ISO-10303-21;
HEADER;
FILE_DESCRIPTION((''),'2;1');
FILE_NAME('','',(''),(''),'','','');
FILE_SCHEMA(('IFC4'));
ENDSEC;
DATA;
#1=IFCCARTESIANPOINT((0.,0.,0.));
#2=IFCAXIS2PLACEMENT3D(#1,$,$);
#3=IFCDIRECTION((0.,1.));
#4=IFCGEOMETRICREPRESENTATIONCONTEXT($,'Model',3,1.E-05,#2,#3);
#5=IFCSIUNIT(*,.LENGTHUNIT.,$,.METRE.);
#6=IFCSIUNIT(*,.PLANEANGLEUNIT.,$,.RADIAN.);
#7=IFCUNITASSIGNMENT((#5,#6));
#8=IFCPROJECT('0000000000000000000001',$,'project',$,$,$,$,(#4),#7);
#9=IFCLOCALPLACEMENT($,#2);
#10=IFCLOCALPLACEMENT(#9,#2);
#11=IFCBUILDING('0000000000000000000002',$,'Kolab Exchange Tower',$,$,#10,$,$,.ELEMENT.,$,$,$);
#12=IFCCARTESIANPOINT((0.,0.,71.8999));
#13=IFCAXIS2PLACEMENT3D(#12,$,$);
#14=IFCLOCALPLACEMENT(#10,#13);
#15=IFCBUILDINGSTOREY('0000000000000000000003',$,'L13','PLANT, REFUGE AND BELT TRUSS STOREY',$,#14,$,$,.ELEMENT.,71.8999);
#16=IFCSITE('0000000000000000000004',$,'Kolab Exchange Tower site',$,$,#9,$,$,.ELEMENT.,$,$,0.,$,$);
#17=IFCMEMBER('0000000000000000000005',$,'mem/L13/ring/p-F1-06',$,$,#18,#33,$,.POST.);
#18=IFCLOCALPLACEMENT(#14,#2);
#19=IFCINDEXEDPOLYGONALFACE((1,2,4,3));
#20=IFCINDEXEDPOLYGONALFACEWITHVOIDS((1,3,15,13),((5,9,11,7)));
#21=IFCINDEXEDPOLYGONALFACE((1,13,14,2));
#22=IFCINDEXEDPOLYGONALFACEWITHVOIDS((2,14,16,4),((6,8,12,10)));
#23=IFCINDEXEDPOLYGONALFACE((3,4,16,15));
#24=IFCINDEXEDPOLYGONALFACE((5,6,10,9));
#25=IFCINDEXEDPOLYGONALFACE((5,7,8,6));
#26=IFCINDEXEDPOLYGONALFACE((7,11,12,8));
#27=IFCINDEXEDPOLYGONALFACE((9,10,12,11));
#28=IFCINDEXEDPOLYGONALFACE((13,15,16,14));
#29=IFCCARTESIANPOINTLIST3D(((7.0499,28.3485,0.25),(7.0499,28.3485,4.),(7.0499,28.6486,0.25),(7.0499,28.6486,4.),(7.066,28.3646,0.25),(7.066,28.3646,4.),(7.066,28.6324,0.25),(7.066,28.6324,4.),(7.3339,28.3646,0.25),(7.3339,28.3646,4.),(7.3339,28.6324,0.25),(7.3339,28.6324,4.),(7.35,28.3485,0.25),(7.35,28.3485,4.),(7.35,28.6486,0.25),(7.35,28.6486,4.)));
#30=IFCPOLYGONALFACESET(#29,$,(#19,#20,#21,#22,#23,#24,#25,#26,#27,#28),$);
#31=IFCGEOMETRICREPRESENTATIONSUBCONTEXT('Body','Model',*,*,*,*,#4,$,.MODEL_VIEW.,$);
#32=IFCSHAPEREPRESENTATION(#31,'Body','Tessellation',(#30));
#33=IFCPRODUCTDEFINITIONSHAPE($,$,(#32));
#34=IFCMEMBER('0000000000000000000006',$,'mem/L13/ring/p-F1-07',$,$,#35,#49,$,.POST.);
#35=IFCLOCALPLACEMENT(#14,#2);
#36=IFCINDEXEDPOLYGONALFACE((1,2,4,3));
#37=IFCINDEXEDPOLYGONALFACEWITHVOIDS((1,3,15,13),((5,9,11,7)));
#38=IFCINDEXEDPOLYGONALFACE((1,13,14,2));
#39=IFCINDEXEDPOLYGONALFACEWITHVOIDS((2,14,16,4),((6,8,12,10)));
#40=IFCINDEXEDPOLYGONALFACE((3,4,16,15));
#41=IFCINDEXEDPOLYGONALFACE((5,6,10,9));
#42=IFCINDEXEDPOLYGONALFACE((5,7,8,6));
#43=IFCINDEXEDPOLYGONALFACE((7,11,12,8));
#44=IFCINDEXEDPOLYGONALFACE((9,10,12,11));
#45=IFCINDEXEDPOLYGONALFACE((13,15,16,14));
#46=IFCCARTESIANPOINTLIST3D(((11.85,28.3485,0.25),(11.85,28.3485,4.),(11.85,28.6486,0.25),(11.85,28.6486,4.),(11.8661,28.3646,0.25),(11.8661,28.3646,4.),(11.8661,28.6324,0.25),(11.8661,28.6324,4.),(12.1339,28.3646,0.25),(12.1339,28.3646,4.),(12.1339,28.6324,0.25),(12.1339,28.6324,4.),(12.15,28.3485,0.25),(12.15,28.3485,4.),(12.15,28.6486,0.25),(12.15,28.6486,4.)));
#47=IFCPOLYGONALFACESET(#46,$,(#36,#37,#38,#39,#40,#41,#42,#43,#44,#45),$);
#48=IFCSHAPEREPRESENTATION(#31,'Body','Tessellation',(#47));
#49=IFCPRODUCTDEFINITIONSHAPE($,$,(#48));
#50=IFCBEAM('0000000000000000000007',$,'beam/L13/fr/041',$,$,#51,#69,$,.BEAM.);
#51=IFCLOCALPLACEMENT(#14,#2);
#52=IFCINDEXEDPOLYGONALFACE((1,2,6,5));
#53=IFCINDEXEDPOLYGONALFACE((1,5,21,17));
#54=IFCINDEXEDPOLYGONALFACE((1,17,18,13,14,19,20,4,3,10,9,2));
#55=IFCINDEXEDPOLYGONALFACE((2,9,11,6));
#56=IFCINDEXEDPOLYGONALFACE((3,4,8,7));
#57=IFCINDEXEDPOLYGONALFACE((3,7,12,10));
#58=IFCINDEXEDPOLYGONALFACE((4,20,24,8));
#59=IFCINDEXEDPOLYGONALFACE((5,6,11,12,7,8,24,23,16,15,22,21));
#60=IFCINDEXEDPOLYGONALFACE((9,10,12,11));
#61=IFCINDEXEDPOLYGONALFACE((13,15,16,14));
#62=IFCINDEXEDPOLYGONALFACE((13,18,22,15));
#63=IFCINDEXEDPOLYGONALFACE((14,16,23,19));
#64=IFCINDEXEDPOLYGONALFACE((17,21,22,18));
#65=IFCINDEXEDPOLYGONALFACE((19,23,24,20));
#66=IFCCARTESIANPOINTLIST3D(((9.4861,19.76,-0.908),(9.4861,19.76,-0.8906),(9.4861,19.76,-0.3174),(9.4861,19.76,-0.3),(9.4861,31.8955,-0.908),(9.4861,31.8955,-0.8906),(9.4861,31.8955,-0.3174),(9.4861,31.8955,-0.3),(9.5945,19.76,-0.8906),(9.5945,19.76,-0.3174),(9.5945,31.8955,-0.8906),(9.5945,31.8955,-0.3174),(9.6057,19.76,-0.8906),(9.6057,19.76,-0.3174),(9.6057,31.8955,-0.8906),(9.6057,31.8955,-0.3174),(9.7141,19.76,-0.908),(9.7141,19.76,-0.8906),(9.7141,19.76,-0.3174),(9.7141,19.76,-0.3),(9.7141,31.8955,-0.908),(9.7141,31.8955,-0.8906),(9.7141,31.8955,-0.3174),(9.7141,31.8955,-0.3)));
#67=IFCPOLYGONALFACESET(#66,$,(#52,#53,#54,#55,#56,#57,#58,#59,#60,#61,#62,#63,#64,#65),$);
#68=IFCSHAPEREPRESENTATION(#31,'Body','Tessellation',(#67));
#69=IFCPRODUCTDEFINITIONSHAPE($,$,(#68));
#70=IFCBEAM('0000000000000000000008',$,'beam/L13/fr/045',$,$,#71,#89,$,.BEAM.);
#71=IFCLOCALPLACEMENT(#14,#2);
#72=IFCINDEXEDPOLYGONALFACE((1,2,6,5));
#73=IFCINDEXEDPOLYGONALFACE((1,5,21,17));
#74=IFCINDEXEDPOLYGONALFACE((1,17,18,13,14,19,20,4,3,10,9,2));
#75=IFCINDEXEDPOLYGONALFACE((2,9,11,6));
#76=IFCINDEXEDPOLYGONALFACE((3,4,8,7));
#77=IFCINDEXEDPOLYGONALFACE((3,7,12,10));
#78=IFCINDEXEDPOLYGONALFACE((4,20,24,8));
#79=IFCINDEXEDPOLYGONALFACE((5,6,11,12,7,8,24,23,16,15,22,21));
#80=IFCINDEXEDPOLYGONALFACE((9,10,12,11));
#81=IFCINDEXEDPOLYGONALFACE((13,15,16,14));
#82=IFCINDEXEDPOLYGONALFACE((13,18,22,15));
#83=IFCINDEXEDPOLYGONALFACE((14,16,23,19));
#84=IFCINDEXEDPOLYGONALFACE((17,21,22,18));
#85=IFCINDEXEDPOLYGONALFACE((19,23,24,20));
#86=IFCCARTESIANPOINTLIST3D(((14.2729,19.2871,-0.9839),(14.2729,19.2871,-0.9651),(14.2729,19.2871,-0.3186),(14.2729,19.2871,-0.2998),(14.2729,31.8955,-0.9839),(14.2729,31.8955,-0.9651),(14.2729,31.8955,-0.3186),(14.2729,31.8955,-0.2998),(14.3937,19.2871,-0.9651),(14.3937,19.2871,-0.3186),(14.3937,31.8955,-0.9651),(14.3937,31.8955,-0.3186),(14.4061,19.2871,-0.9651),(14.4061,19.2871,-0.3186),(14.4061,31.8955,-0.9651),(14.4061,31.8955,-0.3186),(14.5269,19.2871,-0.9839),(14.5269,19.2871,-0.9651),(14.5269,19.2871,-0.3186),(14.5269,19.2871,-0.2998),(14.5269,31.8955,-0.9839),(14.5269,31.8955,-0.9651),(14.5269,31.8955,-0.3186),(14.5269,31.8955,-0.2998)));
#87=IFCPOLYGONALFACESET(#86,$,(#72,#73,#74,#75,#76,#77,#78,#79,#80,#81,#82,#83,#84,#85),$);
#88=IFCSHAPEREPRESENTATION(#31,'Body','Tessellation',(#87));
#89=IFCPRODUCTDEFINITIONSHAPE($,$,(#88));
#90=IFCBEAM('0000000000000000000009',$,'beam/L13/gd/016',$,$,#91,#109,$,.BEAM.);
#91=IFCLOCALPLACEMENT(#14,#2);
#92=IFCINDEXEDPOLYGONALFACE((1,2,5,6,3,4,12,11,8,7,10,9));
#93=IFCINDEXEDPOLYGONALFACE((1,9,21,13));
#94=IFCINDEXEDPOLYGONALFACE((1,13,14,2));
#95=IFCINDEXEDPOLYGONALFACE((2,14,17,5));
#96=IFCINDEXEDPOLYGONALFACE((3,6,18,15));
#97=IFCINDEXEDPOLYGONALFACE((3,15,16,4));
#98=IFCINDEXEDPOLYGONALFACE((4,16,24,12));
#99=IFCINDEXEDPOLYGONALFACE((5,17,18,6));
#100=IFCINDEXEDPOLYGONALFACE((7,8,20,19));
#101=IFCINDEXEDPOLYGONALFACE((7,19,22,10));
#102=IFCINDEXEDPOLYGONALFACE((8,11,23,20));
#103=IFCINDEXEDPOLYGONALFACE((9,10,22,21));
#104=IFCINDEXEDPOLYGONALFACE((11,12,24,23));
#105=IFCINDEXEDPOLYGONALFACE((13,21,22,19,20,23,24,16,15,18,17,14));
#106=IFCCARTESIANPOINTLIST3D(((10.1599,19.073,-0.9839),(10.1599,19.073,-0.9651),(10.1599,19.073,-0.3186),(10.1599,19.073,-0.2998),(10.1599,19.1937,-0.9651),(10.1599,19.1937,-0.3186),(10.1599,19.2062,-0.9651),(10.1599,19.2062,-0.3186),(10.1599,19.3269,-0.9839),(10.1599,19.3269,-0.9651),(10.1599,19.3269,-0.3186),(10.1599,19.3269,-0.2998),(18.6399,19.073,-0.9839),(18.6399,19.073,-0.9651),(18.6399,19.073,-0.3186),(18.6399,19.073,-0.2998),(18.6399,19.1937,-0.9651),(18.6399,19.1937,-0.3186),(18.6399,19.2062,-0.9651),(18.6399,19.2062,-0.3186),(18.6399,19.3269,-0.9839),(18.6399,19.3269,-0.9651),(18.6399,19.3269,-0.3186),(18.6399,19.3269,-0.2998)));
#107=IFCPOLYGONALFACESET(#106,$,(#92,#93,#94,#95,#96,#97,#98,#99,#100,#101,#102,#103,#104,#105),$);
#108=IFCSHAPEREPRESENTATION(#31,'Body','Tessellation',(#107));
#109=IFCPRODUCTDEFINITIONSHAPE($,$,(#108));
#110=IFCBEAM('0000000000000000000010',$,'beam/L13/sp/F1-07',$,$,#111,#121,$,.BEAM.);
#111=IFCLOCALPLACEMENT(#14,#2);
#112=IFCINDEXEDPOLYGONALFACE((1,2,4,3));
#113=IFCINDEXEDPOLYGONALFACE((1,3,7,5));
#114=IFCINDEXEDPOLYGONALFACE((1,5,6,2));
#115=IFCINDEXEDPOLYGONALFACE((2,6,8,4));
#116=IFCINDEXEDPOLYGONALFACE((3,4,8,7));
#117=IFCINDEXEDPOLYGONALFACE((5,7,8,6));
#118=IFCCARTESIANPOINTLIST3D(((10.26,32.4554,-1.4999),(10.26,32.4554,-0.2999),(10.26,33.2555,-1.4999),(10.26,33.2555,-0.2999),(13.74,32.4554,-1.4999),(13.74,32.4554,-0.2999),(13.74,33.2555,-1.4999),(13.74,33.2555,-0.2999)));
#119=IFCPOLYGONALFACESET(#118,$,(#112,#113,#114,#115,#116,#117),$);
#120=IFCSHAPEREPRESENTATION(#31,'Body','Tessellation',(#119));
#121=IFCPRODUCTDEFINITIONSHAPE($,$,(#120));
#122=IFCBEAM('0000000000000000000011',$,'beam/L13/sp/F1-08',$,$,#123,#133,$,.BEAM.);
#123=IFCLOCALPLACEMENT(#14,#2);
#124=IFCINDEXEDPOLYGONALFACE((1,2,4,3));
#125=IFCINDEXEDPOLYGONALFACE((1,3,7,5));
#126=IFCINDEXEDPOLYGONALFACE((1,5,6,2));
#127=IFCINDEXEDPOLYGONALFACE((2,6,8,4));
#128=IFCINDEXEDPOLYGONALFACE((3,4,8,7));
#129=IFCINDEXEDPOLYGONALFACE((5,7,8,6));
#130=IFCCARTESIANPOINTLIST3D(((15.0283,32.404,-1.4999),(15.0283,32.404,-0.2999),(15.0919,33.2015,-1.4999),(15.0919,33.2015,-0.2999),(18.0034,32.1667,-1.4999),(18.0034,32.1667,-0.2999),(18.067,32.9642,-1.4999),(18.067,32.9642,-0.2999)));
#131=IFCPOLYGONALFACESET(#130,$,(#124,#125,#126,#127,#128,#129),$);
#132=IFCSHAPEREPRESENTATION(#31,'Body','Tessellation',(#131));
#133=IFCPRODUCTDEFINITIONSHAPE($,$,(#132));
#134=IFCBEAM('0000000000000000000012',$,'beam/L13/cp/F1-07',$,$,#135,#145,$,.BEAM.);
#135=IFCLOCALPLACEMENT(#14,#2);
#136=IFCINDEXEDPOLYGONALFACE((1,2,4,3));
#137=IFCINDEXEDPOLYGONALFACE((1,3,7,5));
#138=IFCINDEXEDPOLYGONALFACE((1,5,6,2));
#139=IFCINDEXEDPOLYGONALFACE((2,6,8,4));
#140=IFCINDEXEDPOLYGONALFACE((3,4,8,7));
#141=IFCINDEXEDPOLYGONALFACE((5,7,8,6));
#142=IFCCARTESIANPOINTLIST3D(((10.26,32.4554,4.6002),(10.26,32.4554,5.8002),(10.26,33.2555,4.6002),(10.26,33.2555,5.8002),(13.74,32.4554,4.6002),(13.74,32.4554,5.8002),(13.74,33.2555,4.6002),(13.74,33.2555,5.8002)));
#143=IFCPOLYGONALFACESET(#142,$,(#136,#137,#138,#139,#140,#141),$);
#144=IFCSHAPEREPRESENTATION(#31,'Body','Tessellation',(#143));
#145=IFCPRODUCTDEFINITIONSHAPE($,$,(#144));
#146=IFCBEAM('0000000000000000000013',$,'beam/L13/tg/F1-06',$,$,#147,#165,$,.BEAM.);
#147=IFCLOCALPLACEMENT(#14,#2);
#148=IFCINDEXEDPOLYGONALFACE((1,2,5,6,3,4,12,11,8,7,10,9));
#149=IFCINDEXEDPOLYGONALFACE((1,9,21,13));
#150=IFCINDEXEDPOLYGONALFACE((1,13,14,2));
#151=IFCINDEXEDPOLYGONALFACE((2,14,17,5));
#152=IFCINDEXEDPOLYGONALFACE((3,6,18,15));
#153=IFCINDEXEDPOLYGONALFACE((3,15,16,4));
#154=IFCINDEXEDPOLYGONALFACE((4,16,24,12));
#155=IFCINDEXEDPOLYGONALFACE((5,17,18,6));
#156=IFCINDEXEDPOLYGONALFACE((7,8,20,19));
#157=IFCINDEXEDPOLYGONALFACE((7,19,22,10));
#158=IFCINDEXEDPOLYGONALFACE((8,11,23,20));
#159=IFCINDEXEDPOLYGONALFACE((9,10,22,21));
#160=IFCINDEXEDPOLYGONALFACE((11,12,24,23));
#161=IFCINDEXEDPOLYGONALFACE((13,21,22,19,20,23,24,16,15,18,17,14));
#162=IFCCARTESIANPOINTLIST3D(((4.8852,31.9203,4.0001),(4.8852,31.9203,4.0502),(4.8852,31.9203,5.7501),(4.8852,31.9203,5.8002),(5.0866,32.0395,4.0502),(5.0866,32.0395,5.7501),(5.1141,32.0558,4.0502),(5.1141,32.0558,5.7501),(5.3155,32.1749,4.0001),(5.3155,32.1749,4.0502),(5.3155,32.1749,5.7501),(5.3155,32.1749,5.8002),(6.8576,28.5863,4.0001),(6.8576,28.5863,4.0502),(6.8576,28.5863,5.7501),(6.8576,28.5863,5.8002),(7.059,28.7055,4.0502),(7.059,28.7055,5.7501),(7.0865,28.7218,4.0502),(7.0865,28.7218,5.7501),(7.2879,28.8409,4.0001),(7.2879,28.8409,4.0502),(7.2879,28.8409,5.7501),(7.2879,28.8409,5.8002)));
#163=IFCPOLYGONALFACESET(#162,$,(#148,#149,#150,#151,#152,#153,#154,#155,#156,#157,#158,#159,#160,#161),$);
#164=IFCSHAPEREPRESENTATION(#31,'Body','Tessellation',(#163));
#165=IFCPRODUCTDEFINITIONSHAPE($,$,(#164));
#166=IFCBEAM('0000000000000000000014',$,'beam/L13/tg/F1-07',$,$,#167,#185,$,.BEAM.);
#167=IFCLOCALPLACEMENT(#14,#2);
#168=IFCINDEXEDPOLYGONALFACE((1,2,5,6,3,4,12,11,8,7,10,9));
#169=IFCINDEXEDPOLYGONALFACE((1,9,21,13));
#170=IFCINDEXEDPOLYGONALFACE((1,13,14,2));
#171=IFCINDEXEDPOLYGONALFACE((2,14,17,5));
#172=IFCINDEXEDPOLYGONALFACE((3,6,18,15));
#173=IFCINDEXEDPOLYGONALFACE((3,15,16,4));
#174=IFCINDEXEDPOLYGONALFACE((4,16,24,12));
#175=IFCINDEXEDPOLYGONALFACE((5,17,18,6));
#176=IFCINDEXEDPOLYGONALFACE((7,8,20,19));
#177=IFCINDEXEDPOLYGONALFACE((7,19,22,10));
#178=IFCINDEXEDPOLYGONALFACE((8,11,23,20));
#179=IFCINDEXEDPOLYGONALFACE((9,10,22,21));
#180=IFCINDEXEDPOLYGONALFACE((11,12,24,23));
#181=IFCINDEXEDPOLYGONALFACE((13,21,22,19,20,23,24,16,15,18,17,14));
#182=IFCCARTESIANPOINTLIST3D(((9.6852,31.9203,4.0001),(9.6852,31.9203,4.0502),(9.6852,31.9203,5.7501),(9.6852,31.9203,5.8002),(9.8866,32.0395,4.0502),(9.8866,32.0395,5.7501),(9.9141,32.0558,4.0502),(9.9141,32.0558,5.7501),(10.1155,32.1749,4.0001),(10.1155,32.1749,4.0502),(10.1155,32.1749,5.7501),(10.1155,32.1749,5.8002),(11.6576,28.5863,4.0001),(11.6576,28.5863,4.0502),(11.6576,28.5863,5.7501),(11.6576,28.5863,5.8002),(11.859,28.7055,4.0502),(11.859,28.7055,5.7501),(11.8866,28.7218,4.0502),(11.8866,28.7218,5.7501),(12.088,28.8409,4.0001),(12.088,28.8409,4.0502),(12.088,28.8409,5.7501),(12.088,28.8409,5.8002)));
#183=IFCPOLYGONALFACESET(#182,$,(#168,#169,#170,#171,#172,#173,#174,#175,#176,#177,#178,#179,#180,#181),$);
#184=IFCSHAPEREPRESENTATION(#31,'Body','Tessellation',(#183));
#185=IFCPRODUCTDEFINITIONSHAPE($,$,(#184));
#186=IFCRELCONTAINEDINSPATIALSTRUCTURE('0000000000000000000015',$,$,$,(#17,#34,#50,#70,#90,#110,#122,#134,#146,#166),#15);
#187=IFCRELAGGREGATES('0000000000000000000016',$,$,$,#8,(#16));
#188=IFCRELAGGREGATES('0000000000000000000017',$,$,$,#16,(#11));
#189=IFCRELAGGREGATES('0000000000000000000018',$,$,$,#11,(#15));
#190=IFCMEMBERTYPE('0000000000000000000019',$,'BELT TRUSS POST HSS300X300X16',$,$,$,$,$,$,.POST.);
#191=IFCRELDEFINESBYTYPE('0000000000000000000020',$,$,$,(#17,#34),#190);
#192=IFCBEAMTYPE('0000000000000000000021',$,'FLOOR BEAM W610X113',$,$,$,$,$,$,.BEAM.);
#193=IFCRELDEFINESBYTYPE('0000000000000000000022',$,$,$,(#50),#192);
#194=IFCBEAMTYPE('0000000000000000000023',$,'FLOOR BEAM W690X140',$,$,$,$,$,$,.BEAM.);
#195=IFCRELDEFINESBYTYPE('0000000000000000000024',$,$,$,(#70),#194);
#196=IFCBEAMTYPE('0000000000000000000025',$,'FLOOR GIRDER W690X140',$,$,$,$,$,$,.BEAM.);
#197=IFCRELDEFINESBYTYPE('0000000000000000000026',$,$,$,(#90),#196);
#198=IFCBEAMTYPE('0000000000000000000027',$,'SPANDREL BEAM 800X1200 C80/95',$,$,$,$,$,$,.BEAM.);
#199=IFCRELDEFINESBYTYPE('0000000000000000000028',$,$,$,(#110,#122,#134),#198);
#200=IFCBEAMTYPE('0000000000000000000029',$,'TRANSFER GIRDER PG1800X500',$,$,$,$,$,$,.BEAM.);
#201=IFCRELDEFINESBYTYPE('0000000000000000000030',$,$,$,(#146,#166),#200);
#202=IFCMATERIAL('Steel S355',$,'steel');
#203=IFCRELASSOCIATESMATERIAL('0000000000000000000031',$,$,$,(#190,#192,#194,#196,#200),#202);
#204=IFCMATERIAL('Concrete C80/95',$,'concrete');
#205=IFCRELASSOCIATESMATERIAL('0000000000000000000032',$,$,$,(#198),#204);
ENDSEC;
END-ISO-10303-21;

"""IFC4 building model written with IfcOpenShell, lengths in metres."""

from ifc_helpers import new_model, si_unit, direction, frame, origin, origin_2d, place, context, subcontext, project, spatial, rectangle, hollow_rectangle, i_section, extrude, material, material_profile, profile_set, type_object, element, save


model = new_model("IFC4")

# Units and contexts
model_context = context("Model", 3, precision=1e-05, world=origin(), true_north=direction((0.0, 1.0)))
body_context = subcontext(model_context, "Body", "Model", "MODEL_VIEW")
ifc_project = project(units=[si_unit("LENGTHUNIT", "METRE"), si_unit("PLANEANGLEUNIT", "RADIAN")], contexts=[model_context])

# Site, building, storey
site_placement = place(None, origin())
site = spatial("IfcSite", under=ifc_project, at=site_placement, Name="Kolab Exchange Tower site", CompositionType="ELEMENT", RefElevation=0.0)
building_placement = place(site_placement, origin())
building = spatial("IfcBuilding", under=site, at=building_placement, Name="Kolab Exchange Tower", CompositionType="ELEMENT")
storey_placement = place(building_placement, frame((0.0, 0.0, 71.8999)))
storey = spatial("IfcBuildingStorey", under=building, at=storey_placement, Name="L13", Description="PLANT, REFUGE AND BELT TRUSS STOREY", CompositionType="ELEMENT", Elevation=71.8999)

# Shared definitions
ifc_material_1 = material(Name="Concrete C80/95", Category="concrete")

# Shared definitions
ifc_material_2 = material(Name="Steel S355", Category="steel")

# Members
ifc_material_profile_1 = material_profile(ifc_material_2, hollow_rectangle(XDim=0.3, YDim=0.3, WallThickness=0.0161, at=origin_2d()), Name="HSS300X300X16")
ifc_profile_set_1 = profile_set([ifc_material_profile_1], Name="Steel S355")
member_type_1 = type_object("IfcMemberType", Name="BELT TRUSS POST HSS300X300X16", PredefinedType="POST", material=ifc_profile_set_1)
for number, where, z_axis, x_axis, name in (
    (1, (7.2, 28.4985, 0.25), (0.0, 0.0, 1.0), (1.0, 0.0, 0.0), "mem/L13/ring/p-F1-06"),
    (2, (12.0, 28.4985, 0.25), (0.0, 0.0, 1.0), (1.0, 0.0, 0.0), "mem/L13/ring/p-F1-07"),
):
    element("IfcMember", number, at=place(storey_placement, frame(where, z_axis=z_axis, x_axis=x_axis)), inside=storey, type_object=member_type_1, Name=name, PredefinedType="POST", context=body_context, shape_type="SweptSolid", body=[
        extrude(hollow_rectangle(XDim=0.3, YDim=0.3, WallThickness=0.0161, at=origin_2d()), origin(), (0.0, 0.0, 1.0), 3.75),
    ])

# Beams
ifc_material_profile_2 = material_profile(ifc_material_2, i_section(OverallWidth=0.228, OverallDepth=0.6079, WebThickness=0.0112, FlangeThickness=0.0173, at=origin_2d()), Name="W610X113")
ifc_profile_set_2 = profile_set([ifc_material_profile_2], Name="Steel S355")
beam_type_1 = type_object("IfcBeamType", Name="FLOOR BEAM W610X113", PredefinedType="BEAM", material=ifc_profile_set_2)
beam_1_placement = place(storey_placement, frame((9.6001, 19.76, -0.604), z_axis=(0.0, 1.0, 0.0), x_axis=(-1.0, 0.0, 0.0)))
element("IfcBeam", 3, at=beam_1_placement, inside=storey, type_object=beam_type_1, Name="beam/L13/fr/041", PredefinedType="BEAM", context=body_context, shape_type="SweptSolid", body=[
    extrude(i_section(OverallWidth=0.228, OverallDepth=0.6079, WebThickness=0.0112, FlangeThickness=0.0173, at=origin_2d()), origin(), (0.0, 0.0, 1.0), 12.1355),
])
ifc_material_profile_3 = material_profile(ifc_material_2, i_section(OverallWidth=0.2539, OverallDepth=0.6841, WebThickness=0.0125, FlangeThickness=0.0188, at=origin_2d()), Name="W690X140")
ifc_profile_set_3 = profile_set([ifc_material_profile_3], Name="Steel S355")
beam_type_2 = type_object("IfcBeamType", Name="FLOOR BEAM W690X140", PredefinedType="BEAM", material=ifc_profile_set_3)
beam_2_placement = place(storey_placement, frame((14.3999, 19.2871, -0.6418), z_axis=(0.0, 1.0, 0.0), x_axis=(-1.0, 0.0, 0.0)))
element("IfcBeam", 4, at=beam_2_placement, inside=storey, type_object=beam_type_2, Name="beam/L13/fr/045", PredefinedType="BEAM", context=body_context, shape_type="SweptSolid", body=[
    extrude(i_section(OverallWidth=0.2539, OverallDepth=0.6841, WebThickness=0.0125, FlangeThickness=0.0188, at=origin_2d()), origin(), (0.0, 0.0, 1.0), 12.6084),
])
ifc_material_profile_4 = material_profile(ifc_material_2, i_section(OverallWidth=0.2539, OverallDepth=0.6841, WebThickness=0.0125, FlangeThickness=0.0188, at=origin_2d()), Name="W690X140")
ifc_profile_set_4 = profile_set([ifc_material_profile_4], Name="Steel S355")
beam_type_3 = type_object("IfcBeamType", Name="FLOOR GIRDER W690X140", PredefinedType="BEAM", material=ifc_profile_set_4)
beam_3_placement = place(storey_placement, frame((10.1599, 19.2, -0.6418), z_axis=(1.0, 0.0, 0.0), x_axis=(0.0, 1.0, 0.0)))
element("IfcBeam", 5, at=beam_3_placement, inside=storey, type_object=beam_type_3, Name="beam/L13/gd/016", PredefinedType="BEAM", context=body_context, shape_type="SweptSolid", body=[
    extrude(i_section(OverallWidth=0.2539, OverallDepth=0.6841, WebThickness=0.0125, FlangeThickness=0.0188, at=origin_2d()), origin(), (0.0, 0.0, 1.0), 8.48),
])
ifc_material_profile_5 = material_profile(ifc_material_1, rectangle(XDim=0.8, YDim=1.2, at=origin_2d()), Name="RC800X1200")
ifc_profile_set_5 = profile_set([ifc_material_profile_5], Name="Concrete C80/95")
beam_type_4 = type_object("IfcBeamType", Name="SPANDREL BEAM 800X1200 C80/95", PredefinedType="BEAM", material=ifc_profile_set_5)
beam_4_placement = place(storey_placement, frame((10.26, 32.8555, -0.8999), z_axis=(1.0, 0.0, 0.0), x_axis=(0.0, 1.0, 0.0)))
element("IfcBeam", 6, at=beam_4_placement, inside=storey, type_object=beam_type_4, Name="beam/L13/sp/F1-07", PredefinedType="BEAM", context=body_context, shape_type="SweptSolid", body=[
    extrude(rectangle(XDim=0.8, YDim=1.2, at=origin_2d()), origin(), (0.0, 0.0, 1.0), 3.48),
])
beam_5_placement = place(storey_placement, frame((15.0601, 32.8027, -0.8999), z_axis=(0.996834, -0.079511, 0.0), x_axis=(0.079511, 0.996834, 0.0)))
element("IfcBeam", 7, at=beam_5_placement, inside=storey, type_object=beam_type_4, Name="beam/L13/sp/F1-08", PredefinedType="BEAM", context=body_context, shape_type="SweptSolid", body=[
    extrude(rectangle(XDim=0.8, YDim=1.2, at=origin_2d()), origin(), (0.0, 0.0, 1.0), 2.9846),
])
beam_6_placement = place(storey_placement, frame((10.26, 32.8555, 5.2002), z_axis=(1.0, 0.0, 0.0), x_axis=(0.0, 1.0, 0.0)))
element("IfcBeam", 8, at=beam_6_placement, inside=storey, type_object=beam_type_4, Name="beam/L13/cp/F1-07", PredefinedType="BEAM", context=body_context, shape_type="SweptSolid", body=[
    extrude(rectangle(XDim=0.8, YDim=1.2, at=origin_2d()), origin(), (0.0, 0.0, 1.0), 3.48),
])
ifc_material_profile_6 = material_profile(ifc_material_2, i_section(OverallWidth=0.5, OverallDepth=1.8, WebThickness=0.032, FlangeThickness=0.05, at=origin_2d()), Name="PG1800X500")
ifc_profile_set_6 = profile_set([ifc_material_profile_6], Name="Steel S355")
beam_type_5 = type_object("IfcBeamType", Name="TRANSFER GIRDER PG1800X500", PredefinedType="BEAM", material=ifc_profile_set_6)
for number, where, z_axis, x_axis, name in (
    (9, (7.0728, 28.7136, 4.9001), (-0.509175, 0.860663, 0.0), (-0.860663, -0.509175, 0.0), "beam/L13/tg/F1-06"),
    (10, (11.8728, 28.7136, 4.9001), (-0.509175, 0.860663, 0.0), (-0.860663, -0.509175, 0.0), "beam/L13/tg/F1-07"),
):
    element("IfcBeam", number, at=place(storey_placement, frame(where, z_axis=z_axis, x_axis=x_axis)), inside=storey, type_object=beam_type_5, Name=name, PredefinedType="BEAM", context=body_context, shape_type="SweptSolid", body=[
        extrude(i_section(OverallWidth=0.5, OverallDepth=1.8, WebThickness=0.032, FlangeThickness=0.05, at=origin_2d()), origin(), (0.0, 0.0, 1.0), 3.8738),
    ])

save(model, "model.ifc")
